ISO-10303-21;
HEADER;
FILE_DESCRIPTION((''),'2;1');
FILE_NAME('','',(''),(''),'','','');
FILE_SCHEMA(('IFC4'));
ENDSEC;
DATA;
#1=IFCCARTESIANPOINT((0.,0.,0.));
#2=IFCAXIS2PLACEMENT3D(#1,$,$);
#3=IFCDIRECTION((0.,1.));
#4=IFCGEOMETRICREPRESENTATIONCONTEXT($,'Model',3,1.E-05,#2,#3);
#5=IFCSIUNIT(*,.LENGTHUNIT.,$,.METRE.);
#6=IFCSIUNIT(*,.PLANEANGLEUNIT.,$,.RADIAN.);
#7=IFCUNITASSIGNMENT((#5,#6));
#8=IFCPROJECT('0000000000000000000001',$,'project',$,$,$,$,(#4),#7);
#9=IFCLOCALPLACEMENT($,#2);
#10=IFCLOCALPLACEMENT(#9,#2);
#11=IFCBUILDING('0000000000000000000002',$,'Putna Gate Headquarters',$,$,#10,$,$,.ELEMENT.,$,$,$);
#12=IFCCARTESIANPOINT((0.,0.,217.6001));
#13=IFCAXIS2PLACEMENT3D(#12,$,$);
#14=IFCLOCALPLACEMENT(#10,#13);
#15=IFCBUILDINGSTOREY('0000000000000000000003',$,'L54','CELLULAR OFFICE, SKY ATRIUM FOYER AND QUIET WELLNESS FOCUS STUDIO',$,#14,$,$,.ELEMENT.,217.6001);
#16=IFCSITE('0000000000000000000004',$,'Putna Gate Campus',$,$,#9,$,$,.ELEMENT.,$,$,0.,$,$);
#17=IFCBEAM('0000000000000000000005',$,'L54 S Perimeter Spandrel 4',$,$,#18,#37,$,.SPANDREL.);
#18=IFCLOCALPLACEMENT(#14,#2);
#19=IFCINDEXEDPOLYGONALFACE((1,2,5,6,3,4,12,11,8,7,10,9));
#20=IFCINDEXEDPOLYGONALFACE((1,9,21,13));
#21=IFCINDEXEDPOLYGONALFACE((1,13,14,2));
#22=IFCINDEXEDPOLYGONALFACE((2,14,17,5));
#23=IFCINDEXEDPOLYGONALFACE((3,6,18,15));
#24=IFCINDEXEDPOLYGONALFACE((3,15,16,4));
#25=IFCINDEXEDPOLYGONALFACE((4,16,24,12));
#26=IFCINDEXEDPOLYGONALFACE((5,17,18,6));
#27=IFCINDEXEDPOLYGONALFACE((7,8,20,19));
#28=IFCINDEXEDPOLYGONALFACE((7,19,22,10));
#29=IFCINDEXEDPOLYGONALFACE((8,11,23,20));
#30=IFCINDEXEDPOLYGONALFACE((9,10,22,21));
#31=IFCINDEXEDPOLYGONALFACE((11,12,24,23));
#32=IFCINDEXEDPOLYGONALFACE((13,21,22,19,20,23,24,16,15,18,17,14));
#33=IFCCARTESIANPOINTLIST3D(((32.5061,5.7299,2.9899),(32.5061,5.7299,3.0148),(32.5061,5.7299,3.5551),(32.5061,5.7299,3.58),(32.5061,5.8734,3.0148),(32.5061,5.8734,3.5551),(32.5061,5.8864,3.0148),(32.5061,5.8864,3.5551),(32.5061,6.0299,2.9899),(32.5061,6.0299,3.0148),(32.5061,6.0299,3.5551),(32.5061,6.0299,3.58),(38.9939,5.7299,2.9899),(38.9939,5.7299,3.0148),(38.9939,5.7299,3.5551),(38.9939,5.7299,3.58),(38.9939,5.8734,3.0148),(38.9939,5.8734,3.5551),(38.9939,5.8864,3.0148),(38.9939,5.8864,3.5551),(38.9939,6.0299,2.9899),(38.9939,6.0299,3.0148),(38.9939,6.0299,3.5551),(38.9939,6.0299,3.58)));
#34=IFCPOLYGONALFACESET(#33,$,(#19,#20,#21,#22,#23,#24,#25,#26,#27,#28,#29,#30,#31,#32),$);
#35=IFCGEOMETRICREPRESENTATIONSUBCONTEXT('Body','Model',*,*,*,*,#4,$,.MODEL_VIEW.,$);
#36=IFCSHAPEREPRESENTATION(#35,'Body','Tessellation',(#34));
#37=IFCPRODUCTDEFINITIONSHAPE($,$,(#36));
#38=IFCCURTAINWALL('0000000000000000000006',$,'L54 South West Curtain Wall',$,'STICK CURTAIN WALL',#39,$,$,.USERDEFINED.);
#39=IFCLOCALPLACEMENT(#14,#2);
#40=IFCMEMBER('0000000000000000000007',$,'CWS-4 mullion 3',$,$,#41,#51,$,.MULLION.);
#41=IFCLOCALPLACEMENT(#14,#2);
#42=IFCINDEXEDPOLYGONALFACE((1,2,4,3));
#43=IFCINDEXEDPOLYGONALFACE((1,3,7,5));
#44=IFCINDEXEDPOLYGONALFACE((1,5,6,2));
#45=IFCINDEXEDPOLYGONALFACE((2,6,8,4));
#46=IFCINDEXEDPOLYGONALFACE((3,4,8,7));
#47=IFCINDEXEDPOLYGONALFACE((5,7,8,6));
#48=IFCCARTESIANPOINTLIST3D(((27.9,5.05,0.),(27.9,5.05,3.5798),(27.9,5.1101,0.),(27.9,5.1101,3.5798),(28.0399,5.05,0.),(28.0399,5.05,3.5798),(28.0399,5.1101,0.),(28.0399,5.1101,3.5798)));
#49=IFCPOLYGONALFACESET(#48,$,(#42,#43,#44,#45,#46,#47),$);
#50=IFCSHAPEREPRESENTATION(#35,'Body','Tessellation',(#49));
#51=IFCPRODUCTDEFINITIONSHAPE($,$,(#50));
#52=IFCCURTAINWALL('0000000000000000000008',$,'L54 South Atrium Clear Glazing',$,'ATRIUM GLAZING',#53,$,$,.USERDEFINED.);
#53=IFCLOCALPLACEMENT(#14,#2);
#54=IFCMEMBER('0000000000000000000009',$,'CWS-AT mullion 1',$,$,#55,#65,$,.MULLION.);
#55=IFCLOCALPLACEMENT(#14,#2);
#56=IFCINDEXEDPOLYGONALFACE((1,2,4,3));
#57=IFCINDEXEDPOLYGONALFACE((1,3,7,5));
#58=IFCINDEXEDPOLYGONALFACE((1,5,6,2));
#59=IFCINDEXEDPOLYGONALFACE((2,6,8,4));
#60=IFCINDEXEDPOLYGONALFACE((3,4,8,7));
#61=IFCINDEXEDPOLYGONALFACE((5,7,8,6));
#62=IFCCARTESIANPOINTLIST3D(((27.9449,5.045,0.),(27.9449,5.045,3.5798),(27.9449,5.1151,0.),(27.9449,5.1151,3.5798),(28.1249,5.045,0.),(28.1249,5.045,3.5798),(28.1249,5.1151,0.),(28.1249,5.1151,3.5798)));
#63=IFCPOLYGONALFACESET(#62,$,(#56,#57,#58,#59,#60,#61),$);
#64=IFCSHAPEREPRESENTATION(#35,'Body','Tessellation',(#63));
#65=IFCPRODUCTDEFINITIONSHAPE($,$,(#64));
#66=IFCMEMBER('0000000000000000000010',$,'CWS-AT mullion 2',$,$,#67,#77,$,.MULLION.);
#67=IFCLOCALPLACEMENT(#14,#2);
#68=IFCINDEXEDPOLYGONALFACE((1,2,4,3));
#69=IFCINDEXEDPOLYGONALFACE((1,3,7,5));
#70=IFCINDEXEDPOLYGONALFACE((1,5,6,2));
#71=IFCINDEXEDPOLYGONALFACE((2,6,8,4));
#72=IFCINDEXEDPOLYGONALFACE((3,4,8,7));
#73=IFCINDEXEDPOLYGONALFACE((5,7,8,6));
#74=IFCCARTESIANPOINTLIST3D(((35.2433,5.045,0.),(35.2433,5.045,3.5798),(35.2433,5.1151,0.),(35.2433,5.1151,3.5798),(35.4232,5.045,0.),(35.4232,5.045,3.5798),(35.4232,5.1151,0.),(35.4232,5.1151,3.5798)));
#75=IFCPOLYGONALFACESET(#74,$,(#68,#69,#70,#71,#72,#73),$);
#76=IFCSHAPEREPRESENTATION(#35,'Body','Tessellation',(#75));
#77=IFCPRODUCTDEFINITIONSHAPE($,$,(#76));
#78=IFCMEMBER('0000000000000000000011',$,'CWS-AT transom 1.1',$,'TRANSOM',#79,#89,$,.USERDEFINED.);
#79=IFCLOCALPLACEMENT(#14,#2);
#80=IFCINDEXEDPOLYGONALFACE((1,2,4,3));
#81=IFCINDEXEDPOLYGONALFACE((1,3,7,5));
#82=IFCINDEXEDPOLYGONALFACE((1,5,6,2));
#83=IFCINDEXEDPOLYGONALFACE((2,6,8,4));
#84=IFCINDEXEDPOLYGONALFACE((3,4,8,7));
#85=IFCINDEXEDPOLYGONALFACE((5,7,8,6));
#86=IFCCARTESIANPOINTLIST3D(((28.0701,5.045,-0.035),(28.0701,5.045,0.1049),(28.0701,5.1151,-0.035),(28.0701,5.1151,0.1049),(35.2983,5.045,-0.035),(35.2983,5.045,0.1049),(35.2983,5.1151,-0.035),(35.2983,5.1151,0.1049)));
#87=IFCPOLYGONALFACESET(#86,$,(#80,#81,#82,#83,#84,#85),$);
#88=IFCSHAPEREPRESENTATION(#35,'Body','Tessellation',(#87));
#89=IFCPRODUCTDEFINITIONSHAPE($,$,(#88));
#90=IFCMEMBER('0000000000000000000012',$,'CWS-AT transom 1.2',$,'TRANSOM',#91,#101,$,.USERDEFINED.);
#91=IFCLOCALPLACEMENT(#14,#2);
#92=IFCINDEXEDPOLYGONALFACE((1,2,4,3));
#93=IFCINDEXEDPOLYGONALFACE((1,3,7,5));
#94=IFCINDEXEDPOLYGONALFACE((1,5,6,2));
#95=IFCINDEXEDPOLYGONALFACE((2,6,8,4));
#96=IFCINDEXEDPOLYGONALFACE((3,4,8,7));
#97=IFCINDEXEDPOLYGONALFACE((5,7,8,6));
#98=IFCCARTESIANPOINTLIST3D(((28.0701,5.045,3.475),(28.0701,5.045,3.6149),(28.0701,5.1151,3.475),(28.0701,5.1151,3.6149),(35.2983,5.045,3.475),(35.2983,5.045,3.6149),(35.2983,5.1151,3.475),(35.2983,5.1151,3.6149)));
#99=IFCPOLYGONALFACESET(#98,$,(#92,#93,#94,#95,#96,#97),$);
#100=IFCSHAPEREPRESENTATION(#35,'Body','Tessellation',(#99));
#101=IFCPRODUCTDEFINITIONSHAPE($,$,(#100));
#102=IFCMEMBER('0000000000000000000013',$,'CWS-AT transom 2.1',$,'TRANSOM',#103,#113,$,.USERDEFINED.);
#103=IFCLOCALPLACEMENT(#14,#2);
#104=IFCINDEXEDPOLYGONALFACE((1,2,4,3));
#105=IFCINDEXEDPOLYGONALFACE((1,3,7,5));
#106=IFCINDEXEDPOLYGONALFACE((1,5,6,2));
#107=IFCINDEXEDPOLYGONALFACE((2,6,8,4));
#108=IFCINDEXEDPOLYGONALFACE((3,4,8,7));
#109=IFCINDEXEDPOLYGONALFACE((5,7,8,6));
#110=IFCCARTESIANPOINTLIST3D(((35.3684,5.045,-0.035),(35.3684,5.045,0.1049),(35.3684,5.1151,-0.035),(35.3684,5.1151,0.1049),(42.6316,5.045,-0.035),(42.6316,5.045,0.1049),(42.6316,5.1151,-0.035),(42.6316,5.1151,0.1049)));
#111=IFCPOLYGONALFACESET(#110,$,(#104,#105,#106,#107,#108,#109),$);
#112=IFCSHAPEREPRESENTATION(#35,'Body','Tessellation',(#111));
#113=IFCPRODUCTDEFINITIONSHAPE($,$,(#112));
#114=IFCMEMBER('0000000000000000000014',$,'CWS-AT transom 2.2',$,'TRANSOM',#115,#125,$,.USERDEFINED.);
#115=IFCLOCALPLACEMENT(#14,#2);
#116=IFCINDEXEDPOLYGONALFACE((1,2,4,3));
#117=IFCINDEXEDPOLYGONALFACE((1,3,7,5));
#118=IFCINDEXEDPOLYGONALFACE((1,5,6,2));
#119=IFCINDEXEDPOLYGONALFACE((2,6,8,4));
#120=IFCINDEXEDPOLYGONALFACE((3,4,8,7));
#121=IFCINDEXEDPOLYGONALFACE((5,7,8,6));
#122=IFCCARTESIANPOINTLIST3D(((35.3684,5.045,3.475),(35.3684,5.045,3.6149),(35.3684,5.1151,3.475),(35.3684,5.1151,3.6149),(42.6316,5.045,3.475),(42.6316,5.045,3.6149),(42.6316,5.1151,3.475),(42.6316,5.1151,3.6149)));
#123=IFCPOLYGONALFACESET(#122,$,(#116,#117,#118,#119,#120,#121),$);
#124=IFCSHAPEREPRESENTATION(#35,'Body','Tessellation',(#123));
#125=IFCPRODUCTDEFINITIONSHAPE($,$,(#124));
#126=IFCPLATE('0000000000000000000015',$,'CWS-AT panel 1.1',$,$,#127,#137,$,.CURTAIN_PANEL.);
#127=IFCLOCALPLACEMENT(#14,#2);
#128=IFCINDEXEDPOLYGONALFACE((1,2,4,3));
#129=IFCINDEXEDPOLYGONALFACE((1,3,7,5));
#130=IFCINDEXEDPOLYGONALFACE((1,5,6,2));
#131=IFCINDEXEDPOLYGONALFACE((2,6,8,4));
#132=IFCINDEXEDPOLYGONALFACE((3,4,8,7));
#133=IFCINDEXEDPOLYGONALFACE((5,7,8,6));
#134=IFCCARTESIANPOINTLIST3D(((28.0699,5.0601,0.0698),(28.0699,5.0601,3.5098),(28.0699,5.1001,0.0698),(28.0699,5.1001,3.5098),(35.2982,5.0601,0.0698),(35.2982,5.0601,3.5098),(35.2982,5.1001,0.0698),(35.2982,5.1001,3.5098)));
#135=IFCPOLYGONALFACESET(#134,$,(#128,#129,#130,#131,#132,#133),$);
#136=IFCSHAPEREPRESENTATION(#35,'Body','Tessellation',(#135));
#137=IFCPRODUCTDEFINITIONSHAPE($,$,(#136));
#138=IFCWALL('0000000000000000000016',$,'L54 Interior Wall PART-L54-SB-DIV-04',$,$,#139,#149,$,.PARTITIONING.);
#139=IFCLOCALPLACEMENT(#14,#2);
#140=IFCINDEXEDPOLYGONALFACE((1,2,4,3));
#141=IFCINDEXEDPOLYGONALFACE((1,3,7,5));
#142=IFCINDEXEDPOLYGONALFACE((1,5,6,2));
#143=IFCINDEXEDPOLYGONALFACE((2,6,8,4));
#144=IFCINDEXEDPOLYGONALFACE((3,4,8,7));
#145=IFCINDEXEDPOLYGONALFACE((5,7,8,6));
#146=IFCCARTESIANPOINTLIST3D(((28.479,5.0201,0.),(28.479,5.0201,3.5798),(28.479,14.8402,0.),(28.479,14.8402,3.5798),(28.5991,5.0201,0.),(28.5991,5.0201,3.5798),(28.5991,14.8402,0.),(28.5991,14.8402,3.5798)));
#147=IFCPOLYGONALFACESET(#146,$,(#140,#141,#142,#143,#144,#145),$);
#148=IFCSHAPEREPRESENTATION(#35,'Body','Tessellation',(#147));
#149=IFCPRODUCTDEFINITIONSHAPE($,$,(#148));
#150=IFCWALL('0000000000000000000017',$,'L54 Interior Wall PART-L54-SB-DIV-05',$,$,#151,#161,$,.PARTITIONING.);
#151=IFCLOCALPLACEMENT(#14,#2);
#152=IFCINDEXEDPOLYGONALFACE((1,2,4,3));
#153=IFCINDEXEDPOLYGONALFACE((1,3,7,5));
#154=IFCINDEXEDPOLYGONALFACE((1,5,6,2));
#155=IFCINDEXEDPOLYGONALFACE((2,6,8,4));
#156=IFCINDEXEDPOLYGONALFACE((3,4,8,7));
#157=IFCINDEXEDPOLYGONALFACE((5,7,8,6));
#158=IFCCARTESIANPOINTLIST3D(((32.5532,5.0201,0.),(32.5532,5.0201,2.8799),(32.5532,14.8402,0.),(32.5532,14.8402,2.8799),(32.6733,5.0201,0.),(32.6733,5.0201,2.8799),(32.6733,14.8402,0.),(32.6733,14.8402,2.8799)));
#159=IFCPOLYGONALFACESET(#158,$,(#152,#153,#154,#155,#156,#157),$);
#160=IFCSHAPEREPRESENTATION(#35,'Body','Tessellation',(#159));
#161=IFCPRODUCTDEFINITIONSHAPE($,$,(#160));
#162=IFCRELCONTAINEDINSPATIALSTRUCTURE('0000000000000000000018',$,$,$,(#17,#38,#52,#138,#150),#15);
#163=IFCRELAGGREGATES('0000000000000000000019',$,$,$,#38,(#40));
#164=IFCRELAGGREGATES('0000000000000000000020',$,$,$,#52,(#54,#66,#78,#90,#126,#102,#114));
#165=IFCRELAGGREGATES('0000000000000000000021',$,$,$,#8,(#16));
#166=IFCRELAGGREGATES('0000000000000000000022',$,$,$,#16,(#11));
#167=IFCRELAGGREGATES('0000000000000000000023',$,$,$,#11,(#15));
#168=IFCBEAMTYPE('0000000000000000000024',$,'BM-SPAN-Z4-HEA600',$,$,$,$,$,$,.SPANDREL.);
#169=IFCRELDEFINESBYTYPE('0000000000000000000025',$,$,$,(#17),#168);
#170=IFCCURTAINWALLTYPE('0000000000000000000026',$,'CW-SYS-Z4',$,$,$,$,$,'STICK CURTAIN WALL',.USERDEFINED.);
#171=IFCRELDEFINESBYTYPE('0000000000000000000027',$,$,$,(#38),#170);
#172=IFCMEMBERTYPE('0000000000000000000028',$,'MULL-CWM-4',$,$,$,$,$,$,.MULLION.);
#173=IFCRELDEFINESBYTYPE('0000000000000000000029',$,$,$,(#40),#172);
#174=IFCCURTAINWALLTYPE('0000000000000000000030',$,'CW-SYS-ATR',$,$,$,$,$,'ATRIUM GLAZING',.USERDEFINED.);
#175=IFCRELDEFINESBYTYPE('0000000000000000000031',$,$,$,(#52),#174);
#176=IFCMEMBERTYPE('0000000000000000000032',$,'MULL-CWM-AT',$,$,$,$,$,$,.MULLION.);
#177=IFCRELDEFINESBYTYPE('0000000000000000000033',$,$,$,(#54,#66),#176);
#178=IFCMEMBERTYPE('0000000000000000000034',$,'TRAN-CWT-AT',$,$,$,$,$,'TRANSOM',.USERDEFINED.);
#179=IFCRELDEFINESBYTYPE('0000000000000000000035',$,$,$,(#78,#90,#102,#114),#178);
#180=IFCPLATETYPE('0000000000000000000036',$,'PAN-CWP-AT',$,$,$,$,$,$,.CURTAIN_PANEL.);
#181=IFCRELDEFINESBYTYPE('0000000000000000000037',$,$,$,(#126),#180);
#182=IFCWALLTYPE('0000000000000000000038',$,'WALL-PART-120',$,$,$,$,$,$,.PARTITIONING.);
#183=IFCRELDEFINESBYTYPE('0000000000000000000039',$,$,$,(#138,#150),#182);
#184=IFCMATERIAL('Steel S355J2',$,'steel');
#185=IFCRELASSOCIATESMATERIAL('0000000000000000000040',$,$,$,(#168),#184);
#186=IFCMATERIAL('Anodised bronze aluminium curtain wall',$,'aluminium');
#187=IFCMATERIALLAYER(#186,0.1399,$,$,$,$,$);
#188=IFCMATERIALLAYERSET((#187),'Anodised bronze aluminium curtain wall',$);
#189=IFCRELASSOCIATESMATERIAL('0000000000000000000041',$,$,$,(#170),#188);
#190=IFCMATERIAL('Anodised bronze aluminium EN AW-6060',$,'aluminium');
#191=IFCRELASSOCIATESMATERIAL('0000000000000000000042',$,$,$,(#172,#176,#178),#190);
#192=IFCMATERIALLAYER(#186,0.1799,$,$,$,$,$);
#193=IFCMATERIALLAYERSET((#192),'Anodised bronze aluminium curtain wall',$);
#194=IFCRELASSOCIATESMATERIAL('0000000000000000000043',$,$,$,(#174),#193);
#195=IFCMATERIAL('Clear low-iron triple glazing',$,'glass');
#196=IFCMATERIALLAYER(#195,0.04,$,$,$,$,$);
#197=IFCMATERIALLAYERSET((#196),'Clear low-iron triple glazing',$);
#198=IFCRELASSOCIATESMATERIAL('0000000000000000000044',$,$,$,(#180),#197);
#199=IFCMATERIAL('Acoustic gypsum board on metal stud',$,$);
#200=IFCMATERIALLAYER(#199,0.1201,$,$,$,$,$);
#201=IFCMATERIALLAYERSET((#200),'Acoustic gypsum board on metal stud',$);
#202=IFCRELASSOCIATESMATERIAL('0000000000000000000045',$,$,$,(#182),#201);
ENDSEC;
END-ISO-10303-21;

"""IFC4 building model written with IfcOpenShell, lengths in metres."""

from ifc_helpers import new_model, si_unit, direction, frame, frame_2d, origin, origin_2d, place, context, subcontext, project, spatial, rectangle, i_section, extrude, material, layer, layer_set, material_profile, profile_set, type_object, element, aggregate, save


model = new_model("IFC4")

# Units and contexts
model_context = context("Model", 3, precision=1e-05, world=origin(), true_north=direction((0.0, 1.0)))
body_context = subcontext(model_context, "Body", "Model", "MODEL_VIEW")
ifc_project = project(units=[si_unit("LENGTHUNIT", "METRE"), si_unit("PLANEANGLEUNIT", "RADIAN")], contexts=[model_context])

# Site, building, storey
site_placement = place(None, origin())
site = spatial("IfcSite", under=ifc_project, at=site_placement, Name="Putna Gate Campus", CompositionType="ELEMENT", RefElevation=0.0)
building_placement = place(site_placement, origin())
building = spatial("IfcBuilding", under=site, at=building_placement, Name="Putna Gate Headquarters", CompositionType="ELEMENT")
storey_placement = place(building_placement, frame((0.0, 0.0, 217.6001)))
storey = spatial("IfcBuildingStorey", under=building, at=storey_placement, Name="L54", Description="CELLULAR OFFICE, SKY ATRIUM FOYER AND QUIET WELLNESS FOCUS STUDIO", CompositionType="ELEMENT", Elevation=217.6001)

# Beam
ifc_material_1 = material(Name="Steel S355J2", Category="steel")
ifc_material_profile_1 = material_profile(ifc_material_1, i_section(OverallWidth=0.3, OverallDepth=0.5901, WebThickness=0.0129, FlangeThickness=0.0249, at=origin_2d()), Name="Steel S355J2")
ifc_profile_set_1 = profile_set([ifc_material_profile_1], Name="Steel S355J2")
beam_type_1 = type_object("IfcBeamType", Name="BM-SPAN-Z4-HEA600", PredefinedType="SPANDREL", material=ifc_profile_set_1)
beam_1_placement = place(storey_placement, frame((32.5061, 5.8799, 3.2849), z_axis=(1.0, 0.0, 0.0), x_axis=(0.0, 1.0, 0.0)))
element("IfcBeam", 1, at=beam_1_placement, inside=storey, type_object=beam_type_1, Name="L54 S Perimeter Spandrel 4", PredefinedType="SPANDREL", context=body_context, shape_type="SweptSolid", body=[
    extrude(i_section(OverallWidth=0.3, OverallDepth=0.5901, WebThickness=0.0129, FlangeThickness=0.0249, at=origin_2d()), origin(), (0.0, 0.0, 1.0), 6.4878),
])

# Curtain wall, member
ifc_material_2 = material(Name="Anodised bronze aluminium curtain wall", Category="aluminium")
ifc_layer_1 = layer(ifc_material_2, 0.1399)
ifc_layer_set_1 = layer_set([ifc_layer_1], Name="Anodised bronze aluminium curtain wall")
curtain_wall_type_1 = type_object("IfcCurtainWallType", Name="CW-SYS-Z4", ElementType="STICK CURTAIN WALL", PredefinedType="USERDEFINED", material=ifc_layer_set_1)
curtain_wall_1_placement = place(storey_placement, origin())
curtain_wall_1 = element("IfcCurtainWall", 2, at=curtain_wall_1_placement, inside=storey, type_object=curtain_wall_type_1, Name="L54 South West Curtain Wall", ObjectType="STICK CURTAIN WALL", PredefinedType="USERDEFINED")
ifc_material_3 = material(Name="Anodised bronze aluminium EN AW-6060", Category="aluminium")
ifc_material_profile_2 = material_profile(ifc_material_3, rectangle(XDim=0.0601, YDim=0.1399, at=origin_2d()), Name="Anodised bronze aluminium EN AW-6060")
ifc_profile_set_2 = profile_set([ifc_material_profile_2], Name="Anodised bronze aluminium EN AW-6060")
member_type_1 = type_object("IfcMemberType", Name="MULL-CWM-4", PredefinedType="MULLION", material=ifc_profile_set_2)
member_1_placement = place(storey_placement, frame((27.97, 5.0801, 0.0), z_axis=(0.0, 0.0, 1.0), x_axis=(0.0, 1.0, 0.0)))
member_1 = element("IfcMember", 3, at=member_1_placement, type_object=member_type_1, Name="CWS-4 mullion 3", PredefinedType="MULLION", context=body_context, shape_type="SweptSolid", body=[
    extrude(rectangle(XDim=0.0601, YDim=0.1399, at=origin_2d()), origin(), (0.0, 0.0, 1.0), 3.5798),
])
aggregate(curtain_wall_1, [member_1])

# Curtain wall, members, plate
ifc_layer_2 = layer(ifc_material_2, 0.1799)
ifc_layer_set_2 = layer_set([ifc_layer_2], Name="Anodised bronze aluminium curtain wall")
curtain_wall_type_2 = type_object("IfcCurtainWallType", Name="CW-SYS-ATR", ElementType="ATRIUM GLAZING", PredefinedType="USERDEFINED", material=ifc_layer_set_2)
curtain_wall_2_placement = place(storey_placement, origin())
curtain_wall_2 = element("IfcCurtainWall", 4, at=curtain_wall_2_placement, inside=storey, type_object=curtain_wall_type_2, Name="L54 South Atrium Clear Glazing", ObjectType="ATRIUM GLAZING", PredefinedType="USERDEFINED")
ifc_material_profile_3 = material_profile(ifc_material_3, rectangle(XDim=0.0701, YDim=0.1799, at=origin_2d()), Name="Anodised bronze aluminium EN AW-6060")
ifc_profile_set_3 = profile_set([ifc_material_profile_3], Name="Anodised bronze aluminium EN AW-6060")
member_type_2 = type_object("IfcMemberType", Name="MULL-CWM-AT", PredefinedType="MULLION", material=ifc_profile_set_3)
member_2_placement = place(storey_placement, frame((28.0349, 5.0801, 0.0), z_axis=(0.0, 0.0, 1.0), x_axis=(0.0, 1.0, 0.0)))
member_2 = element("IfcMember", 5, at=member_2_placement, type_object=member_type_2, Name="CWS-AT mullion 1", PredefinedType="MULLION", context=body_context, shape_type="SweptSolid", body=[
    extrude(rectangle(XDim=0.0701, YDim=0.1799, at=origin_2d()), origin(), (0.0, 0.0, 1.0), 3.5798),
])
member_3_placement = place(storey_placement, frame((35.3333, 5.0801, 0.0), z_axis=(0.0, 0.0, 1.0), x_axis=(0.0, 1.0, 0.0)))
member_3 = element("IfcMember", 6, at=member_3_placement, type_object=member_type_2, Name="CWS-AT mullion 2", PredefinedType="MULLION", context=body_context, shape_type="SweptSolid", body=[
    extrude(rectangle(XDim=0.0701, YDim=0.1799, at=origin_2d()), origin(), (0.0, 0.0, 1.0), 3.5798),
])
ifc_material_profile_4 = material_profile(ifc_material_3, rectangle(XDim=0.0701, YDim=0.1399, at=origin_2d()), Name="Anodised bronze aluminium EN AW-6060")
ifc_profile_set_4 = profile_set([ifc_material_profile_4], Name="Anodised bronze aluminium EN AW-6060")
member_type_3 = type_object("IfcMemberType", Name="TRAN-CWT-AT", ElementType="TRANSOM", PredefinedType="USERDEFINED", material=ifc_profile_set_4)
member_4_placement = place(storey_placement, frame((28.0701, 5.0801, 0.0349), z_axis=(1.0, 0.0, 0.0), x_axis=(0.0, 1.0, 0.0)))
member_4 = element("IfcMember", 7, at=member_4_placement, type_object=member_type_3, Name="CWS-AT transom 1.1", ObjectType="TRANSOM", PredefinedType="USERDEFINED", context=body_context, shape_type="SweptSolid", body=[
    extrude(rectangle(XDim=0.0701, YDim=0.1399, at=origin_2d()), origin(), (0.0, 0.0, 1.0), 7.2283),
])
member_5_placement = place(storey_placement, frame((28.0701, 5.0801, 3.5449), z_axis=(1.0, 0.0, 0.0), x_axis=(0.0, 1.0, 0.0)))
member_5 = element("IfcMember", 8, at=member_5_placement, type_object=member_type_3, Name="CWS-AT transom 1.2", ObjectType="TRANSOM", PredefinedType="USERDEFINED", context=body_context, shape_type="SweptSolid", body=[
    extrude(rectangle(XDim=0.0701, YDim=0.1399, at=origin_2d()), origin(), (0.0, 0.0, 1.0), 7.2283),
])
member_6_placement = place(storey_placement, frame((35.3684, 5.0801, 0.0349), z_axis=(1.0, 0.0, 0.0), x_axis=(0.0, 1.0, 0.0)))
member_6 = element("IfcMember", 9, at=member_6_placement, type_object=member_type_3, Name="CWS-AT transom 2.1", ObjectType="TRANSOM", PredefinedType="USERDEFINED", context=body_context, shape_type="SweptSolid", body=[
    extrude(rectangle(XDim=0.0701, YDim=0.1399, at=origin_2d()), origin(), (0.0, 0.0, 1.0), 7.2632),
])
member_7_placement = place(storey_placement, frame((35.3684, 5.0801, 3.5449), z_axis=(1.0, 0.0, 0.0), x_axis=(0.0, 1.0, 0.0)))
member_7 = element("IfcMember", 10, at=member_7_placement, type_object=member_type_3, Name="CWS-AT transom 2.2", ObjectType="TRANSOM", PredefinedType="USERDEFINED", context=body_context, shape_type="SweptSolid", body=[
    extrude(rectangle(XDim=0.0701, YDim=0.1399, at=origin_2d()), origin(), (0.0, 0.0, 1.0), 7.2632),
])
ifc_material_4 = material(Name="Clear low-iron triple glazing", Category="glass")
ifc_layer_3 = layer(ifc_material_4, 0.04)
ifc_layer_set_3 = layer_set([ifc_layer_3], Name="Clear low-iron triple glazing")
plate_type = type_object("IfcPlateType", Name="PAN-CWP-AT", PredefinedType="CURTAIN_PANEL", material=ifc_layer_set_3)
plate_placement = place(storey_placement, frame((31.6841, 5.0801, 0.0698), z_axis=(0.0, 0.0, 1.0), x_axis=(1.0, 0.0, 0.0)))
plate = element("IfcPlate", 11, at=plate_placement, type_object=plate_type, Name="CWS-AT panel 1.1", PredefinedType="CURTAIN_PANEL", context=body_context, shape_type="SweptSolid", body=[
    extrude(rectangle(XDim=7.2283, YDim=0.04, at=origin_2d()), origin(), (0.0, 0.0, 1.0), 3.4399),
])
aggregate(curtain_wall_2, [member_2, member_3, member_4, member_5, plate, member_6, member_7])

# Walls
ifc_material_5 = material(Name="Acoustic gypsum board on metal stud")
ifc_layer_4 = layer(ifc_material_5, 0.1201)
ifc_layer_set_4 = layer_set([ifc_layer_4], Name="Acoustic gypsum board on metal stud")
wall_type_1 = type_object("IfcWallType", Name="WALL-PART-120", PredefinedType="PARTITIONING", material=ifc_layer_set_4)
wall_1_placement = place(storey_placement, frame((28.5391, 5.02, 0.0), z_axis=(0.0, 0.0, 1.0), x_axis=(0.0, 1.0, 0.0)))
element("IfcWall", 12, at=wall_1_placement, inside=storey, type_object=wall_type_1, Name="L54 Interior Wall PART-L54-SB-DIV-04", PredefinedType="PARTITIONING", context=body_context, shape_type="SweptSolid", body=[
    extrude(rectangle(XDim=9.8201, YDim=0.1201, at=frame_2d((4.9102, 0.0))), origin(), (0.0, 0.0, 1.0), 3.5798),
])
wall_2_placement = place(storey_placement, frame((32.6133, 5.02, 0.0), z_axis=(0.0, 0.0, 1.0), x_axis=(0.0, 1.0, 0.0)))
element("IfcWall", 13, at=wall_2_placement, inside=storey, type_object=wall_type_1, Name="L54 Interior Wall PART-L54-SB-DIV-05", PredefinedType="PARTITIONING", context=body_context, shape_type="SweptSolid", body=[
    extrude(rectangle(XDim=9.8201, YDim=0.1201, at=frame_2d((4.9102, 0.0))), origin(), (0.0, 0.0, 1.0), 2.8799),
])

save(model, "model.ifc")
